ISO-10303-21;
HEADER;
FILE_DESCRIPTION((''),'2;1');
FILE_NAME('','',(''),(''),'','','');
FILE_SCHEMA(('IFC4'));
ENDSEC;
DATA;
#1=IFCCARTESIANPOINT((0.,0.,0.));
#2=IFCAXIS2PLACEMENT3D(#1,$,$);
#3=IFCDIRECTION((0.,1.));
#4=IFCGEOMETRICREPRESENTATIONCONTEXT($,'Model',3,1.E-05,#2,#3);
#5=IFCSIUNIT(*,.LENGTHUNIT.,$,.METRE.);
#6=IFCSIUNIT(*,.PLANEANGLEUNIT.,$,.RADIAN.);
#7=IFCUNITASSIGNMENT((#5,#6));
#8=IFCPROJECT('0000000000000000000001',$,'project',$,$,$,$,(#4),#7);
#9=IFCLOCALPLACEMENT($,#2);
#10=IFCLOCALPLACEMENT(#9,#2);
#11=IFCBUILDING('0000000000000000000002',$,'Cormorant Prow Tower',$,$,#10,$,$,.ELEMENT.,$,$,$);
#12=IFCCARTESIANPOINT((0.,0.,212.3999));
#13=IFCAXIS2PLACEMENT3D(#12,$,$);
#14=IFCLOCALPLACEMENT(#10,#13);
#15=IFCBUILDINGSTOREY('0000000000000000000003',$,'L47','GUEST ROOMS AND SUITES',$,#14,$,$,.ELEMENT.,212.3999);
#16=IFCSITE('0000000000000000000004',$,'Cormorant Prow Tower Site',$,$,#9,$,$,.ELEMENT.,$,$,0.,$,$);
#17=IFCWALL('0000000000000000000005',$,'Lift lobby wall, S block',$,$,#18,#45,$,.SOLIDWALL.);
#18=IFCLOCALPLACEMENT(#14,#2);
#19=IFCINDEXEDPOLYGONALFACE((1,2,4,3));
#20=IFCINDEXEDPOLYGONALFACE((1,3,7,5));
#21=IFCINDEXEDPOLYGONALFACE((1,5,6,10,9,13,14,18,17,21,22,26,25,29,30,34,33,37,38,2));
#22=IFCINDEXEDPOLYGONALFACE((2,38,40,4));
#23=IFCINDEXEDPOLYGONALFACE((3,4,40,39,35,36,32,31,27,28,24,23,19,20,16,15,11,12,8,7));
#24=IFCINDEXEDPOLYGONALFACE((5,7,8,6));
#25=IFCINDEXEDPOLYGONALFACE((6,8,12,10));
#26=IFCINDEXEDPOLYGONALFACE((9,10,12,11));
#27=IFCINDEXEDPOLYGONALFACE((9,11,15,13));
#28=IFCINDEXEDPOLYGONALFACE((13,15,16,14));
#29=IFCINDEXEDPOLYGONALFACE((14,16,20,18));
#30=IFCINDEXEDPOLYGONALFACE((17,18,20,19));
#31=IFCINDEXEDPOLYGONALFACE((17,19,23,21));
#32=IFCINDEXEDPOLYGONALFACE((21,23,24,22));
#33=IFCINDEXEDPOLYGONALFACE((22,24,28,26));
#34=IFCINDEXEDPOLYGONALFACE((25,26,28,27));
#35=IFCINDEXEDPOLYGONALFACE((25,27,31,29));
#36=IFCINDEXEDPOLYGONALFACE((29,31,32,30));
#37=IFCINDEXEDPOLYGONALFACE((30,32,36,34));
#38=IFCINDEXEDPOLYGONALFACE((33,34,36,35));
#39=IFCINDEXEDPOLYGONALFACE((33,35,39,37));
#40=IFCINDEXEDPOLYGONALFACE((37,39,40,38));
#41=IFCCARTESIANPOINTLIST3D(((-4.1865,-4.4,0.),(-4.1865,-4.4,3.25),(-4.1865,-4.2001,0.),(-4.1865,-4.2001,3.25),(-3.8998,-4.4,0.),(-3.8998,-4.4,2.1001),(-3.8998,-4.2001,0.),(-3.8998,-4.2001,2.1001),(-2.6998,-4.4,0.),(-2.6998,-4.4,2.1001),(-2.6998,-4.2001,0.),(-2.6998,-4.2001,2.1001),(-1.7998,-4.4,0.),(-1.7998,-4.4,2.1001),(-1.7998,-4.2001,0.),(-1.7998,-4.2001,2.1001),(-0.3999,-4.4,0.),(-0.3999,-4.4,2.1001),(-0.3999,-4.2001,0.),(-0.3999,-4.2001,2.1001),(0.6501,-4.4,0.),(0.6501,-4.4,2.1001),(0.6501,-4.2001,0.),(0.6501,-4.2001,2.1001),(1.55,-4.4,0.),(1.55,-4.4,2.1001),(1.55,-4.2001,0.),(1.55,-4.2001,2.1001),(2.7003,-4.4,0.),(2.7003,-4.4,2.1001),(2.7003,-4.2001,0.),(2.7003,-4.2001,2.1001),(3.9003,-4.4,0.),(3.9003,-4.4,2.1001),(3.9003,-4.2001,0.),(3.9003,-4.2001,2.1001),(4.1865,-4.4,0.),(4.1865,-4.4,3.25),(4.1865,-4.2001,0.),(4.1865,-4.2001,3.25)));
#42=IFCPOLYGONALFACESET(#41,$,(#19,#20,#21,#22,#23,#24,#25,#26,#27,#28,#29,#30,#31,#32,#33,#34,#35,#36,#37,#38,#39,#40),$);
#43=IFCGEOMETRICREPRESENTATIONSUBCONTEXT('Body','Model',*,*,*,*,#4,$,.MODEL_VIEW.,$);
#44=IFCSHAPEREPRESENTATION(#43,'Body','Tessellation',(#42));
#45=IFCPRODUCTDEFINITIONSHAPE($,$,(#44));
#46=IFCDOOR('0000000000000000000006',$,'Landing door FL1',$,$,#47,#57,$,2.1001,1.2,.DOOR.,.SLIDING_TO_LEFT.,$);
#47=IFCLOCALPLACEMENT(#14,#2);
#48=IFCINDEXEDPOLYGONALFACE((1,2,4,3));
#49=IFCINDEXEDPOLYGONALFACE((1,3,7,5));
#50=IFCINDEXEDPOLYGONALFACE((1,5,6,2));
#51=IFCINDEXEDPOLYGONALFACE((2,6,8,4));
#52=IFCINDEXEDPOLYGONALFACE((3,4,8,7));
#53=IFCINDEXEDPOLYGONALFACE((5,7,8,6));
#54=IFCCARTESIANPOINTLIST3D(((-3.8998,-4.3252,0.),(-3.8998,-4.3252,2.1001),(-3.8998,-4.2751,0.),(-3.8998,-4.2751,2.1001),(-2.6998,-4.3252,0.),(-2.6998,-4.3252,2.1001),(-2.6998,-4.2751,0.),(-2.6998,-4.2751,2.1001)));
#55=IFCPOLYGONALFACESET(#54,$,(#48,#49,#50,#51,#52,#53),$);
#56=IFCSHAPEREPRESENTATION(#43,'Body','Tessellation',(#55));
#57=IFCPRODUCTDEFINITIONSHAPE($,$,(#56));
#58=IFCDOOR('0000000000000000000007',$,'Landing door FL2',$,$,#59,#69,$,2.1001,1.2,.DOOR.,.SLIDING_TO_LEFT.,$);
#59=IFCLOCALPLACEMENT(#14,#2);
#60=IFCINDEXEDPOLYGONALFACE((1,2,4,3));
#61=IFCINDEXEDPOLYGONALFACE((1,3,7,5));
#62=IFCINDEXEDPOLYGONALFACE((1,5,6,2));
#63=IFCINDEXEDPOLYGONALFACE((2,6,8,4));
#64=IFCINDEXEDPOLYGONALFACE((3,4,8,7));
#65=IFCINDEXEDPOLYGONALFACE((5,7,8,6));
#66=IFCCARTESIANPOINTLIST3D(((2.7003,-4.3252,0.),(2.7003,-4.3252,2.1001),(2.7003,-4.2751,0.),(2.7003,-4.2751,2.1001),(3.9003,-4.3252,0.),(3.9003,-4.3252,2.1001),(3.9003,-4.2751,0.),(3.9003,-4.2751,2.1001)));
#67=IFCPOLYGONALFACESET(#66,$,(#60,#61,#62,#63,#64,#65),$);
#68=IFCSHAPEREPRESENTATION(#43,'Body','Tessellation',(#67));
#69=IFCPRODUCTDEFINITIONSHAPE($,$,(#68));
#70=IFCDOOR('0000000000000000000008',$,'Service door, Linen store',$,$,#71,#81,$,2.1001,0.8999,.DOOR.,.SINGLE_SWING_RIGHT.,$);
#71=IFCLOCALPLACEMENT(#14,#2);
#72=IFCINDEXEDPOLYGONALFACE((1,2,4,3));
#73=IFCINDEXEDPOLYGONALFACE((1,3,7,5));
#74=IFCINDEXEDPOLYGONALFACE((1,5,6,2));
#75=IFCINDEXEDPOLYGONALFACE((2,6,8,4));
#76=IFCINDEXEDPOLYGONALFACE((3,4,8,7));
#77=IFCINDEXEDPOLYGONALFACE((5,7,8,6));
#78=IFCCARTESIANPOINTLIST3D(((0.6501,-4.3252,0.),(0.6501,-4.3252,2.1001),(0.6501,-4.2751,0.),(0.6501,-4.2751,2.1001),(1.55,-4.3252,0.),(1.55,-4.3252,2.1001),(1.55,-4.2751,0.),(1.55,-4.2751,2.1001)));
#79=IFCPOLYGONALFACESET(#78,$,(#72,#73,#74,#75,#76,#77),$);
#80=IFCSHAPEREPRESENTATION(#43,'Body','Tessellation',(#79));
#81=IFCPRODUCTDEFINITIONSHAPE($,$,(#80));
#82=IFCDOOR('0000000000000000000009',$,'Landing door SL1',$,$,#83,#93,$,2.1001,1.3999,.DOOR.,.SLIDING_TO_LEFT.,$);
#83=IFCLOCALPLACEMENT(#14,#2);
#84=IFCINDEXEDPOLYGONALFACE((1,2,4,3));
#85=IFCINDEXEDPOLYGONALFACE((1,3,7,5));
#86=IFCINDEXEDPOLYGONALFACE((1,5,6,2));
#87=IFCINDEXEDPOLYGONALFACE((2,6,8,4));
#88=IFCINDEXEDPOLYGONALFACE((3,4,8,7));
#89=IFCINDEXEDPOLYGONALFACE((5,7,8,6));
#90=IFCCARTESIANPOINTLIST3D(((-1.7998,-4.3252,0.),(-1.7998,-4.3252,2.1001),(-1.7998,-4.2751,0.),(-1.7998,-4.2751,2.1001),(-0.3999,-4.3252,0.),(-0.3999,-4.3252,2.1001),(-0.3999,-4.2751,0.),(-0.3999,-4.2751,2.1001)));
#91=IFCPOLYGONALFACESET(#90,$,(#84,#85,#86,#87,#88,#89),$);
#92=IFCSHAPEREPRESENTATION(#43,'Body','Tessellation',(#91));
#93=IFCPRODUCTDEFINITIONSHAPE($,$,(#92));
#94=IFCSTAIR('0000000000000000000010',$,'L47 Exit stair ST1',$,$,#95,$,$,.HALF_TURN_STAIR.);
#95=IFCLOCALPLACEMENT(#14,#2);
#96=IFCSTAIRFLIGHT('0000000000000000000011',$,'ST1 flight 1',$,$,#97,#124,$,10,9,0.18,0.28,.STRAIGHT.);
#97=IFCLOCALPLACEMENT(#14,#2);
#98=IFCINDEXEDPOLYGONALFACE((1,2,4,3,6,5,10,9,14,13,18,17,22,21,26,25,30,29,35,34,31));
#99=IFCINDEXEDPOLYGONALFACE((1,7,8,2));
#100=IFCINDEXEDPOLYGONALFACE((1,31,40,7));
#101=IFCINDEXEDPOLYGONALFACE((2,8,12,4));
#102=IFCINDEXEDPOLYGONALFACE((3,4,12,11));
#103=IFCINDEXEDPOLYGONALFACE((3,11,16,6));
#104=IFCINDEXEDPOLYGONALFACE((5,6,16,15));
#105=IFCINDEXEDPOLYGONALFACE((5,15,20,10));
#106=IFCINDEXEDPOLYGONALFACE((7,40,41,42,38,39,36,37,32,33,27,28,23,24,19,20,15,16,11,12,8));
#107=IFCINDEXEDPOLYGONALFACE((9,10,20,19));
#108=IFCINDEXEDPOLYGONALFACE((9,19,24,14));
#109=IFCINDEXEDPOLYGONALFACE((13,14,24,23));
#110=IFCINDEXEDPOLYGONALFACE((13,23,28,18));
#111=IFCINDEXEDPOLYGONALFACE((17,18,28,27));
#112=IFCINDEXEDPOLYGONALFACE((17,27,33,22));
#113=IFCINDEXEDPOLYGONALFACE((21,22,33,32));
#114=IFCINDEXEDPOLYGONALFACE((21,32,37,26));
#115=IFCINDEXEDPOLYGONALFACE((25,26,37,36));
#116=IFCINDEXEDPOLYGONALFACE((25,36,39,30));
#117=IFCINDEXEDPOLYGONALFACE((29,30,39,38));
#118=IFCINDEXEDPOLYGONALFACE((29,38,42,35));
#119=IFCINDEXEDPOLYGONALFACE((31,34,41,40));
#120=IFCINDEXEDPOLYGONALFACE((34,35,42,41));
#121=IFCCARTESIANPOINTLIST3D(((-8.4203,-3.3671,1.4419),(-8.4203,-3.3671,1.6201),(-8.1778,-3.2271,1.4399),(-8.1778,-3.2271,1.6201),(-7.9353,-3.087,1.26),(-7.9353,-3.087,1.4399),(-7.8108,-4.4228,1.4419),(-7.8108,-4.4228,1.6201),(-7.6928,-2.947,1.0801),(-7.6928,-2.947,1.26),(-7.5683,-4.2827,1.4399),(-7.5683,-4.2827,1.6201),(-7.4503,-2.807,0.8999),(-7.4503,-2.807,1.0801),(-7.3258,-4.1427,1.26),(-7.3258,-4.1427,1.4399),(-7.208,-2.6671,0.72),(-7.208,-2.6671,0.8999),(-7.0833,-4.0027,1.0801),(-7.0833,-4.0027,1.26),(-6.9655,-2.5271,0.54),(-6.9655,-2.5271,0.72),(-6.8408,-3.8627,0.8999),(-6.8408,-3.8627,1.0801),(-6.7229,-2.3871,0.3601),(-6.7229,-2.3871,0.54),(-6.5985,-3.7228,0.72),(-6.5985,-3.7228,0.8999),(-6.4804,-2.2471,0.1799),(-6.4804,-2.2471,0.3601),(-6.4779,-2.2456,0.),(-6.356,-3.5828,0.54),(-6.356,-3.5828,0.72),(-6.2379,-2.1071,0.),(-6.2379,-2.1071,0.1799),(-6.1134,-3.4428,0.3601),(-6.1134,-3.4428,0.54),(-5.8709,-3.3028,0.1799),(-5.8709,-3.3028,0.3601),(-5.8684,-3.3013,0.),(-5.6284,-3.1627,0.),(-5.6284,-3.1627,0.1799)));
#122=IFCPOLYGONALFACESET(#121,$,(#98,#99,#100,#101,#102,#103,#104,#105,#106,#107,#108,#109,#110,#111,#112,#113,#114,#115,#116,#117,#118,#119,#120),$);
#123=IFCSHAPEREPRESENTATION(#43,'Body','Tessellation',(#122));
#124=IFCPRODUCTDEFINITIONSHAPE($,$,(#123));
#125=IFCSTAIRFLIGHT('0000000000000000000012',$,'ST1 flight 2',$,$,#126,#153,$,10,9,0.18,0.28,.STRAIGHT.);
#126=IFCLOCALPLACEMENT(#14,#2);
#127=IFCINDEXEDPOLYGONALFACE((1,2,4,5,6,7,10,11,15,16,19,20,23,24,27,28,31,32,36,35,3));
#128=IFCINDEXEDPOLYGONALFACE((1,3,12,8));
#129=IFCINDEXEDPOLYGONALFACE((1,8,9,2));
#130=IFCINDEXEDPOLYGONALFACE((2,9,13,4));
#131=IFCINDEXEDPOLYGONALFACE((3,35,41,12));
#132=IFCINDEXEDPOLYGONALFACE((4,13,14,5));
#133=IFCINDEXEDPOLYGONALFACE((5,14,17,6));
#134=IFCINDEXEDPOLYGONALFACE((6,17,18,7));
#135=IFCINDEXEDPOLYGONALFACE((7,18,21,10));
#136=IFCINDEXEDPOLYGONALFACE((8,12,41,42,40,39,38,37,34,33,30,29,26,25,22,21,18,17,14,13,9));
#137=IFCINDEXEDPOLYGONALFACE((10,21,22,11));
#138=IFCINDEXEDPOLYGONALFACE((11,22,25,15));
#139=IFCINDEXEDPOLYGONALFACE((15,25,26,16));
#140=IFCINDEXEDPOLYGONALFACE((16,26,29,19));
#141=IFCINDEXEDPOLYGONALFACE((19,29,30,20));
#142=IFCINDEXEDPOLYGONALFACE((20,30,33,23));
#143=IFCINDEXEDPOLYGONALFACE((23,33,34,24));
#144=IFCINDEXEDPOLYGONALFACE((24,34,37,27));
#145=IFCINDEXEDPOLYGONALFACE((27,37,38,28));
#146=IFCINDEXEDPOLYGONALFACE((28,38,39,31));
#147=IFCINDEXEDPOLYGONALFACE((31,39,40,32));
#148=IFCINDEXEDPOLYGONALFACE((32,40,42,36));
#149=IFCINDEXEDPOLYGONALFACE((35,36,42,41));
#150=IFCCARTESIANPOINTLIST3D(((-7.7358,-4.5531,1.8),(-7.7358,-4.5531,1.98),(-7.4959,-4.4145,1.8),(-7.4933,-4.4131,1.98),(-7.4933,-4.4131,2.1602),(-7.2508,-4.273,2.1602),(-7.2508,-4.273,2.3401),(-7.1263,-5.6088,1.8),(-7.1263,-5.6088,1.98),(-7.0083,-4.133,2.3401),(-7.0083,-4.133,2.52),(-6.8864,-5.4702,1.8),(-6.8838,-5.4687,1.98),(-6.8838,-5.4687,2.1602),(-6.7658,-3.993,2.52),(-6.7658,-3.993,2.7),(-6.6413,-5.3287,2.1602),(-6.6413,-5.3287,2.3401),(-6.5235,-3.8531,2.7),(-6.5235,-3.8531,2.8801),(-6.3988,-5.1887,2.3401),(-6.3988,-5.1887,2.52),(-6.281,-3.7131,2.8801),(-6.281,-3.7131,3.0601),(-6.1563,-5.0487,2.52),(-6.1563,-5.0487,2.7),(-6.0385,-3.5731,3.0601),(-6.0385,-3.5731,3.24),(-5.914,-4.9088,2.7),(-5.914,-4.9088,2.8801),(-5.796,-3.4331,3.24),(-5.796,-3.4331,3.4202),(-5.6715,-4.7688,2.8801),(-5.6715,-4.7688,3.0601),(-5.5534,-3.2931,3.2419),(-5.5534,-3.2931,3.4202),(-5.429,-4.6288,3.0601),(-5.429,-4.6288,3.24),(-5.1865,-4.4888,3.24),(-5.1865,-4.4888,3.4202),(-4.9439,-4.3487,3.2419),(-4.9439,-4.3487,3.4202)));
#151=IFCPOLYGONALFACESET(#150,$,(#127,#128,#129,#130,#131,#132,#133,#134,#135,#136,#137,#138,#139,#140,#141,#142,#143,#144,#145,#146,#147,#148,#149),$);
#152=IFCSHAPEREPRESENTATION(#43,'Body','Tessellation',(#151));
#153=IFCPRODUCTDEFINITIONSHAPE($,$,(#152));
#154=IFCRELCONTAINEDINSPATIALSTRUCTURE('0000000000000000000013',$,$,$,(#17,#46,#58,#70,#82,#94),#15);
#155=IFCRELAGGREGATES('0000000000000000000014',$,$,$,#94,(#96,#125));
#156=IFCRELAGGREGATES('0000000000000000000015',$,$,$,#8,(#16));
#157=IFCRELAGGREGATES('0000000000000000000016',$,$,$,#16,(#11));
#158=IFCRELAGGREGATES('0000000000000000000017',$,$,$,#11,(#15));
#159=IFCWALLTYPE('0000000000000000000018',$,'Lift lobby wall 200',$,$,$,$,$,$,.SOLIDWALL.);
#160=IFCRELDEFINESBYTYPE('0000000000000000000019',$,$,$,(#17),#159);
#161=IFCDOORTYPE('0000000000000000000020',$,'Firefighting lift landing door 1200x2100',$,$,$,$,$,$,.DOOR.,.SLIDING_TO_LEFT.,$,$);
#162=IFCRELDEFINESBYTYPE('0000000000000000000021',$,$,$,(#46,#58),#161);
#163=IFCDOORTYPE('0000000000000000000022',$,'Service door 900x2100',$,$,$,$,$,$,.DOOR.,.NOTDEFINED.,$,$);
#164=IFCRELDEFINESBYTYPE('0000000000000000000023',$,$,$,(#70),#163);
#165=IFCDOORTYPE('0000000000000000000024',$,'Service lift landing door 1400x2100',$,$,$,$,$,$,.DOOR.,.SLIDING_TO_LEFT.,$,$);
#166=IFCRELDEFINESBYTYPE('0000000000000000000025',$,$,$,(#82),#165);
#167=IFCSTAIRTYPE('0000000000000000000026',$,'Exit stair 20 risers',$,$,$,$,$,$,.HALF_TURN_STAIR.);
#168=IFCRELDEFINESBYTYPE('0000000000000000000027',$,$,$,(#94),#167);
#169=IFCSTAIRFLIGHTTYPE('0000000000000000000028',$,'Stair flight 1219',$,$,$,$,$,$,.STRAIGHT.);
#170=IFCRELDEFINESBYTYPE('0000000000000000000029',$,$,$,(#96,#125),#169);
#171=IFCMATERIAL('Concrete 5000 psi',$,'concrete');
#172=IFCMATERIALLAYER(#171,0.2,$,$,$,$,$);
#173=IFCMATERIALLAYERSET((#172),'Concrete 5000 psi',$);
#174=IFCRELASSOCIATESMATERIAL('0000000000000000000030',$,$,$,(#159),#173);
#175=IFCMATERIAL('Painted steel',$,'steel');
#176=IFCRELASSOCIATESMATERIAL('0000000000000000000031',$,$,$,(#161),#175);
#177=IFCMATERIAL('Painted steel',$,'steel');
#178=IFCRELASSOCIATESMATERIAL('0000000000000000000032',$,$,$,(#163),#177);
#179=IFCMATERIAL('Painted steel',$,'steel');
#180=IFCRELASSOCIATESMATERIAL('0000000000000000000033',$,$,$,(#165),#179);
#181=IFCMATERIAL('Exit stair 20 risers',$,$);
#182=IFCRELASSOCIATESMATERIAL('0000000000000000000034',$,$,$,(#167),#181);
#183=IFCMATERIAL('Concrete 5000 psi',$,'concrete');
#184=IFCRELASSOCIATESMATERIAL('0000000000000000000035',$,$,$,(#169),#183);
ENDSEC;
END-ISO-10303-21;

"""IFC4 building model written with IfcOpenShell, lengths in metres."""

from ifc_helpers import new_model, si_unit, direction, frame, frame_2d, origin, place, context, subcontext, project, spatial, polyline, rectangle, outline, extrude, material, layer, layer_set, type_object, element, fill, aggregate, save


model = new_model("IFC4")

# Units and contexts
model_context = context("Model", 3, precision=1e-05, world=origin(), true_north=direction((0.0, 1.0)))
body_context = subcontext(model_context, "Body", "Model", "MODEL_VIEW")
ifc_project = project(units=[si_unit("LENGTHUNIT", "METRE"), si_unit("PLANEANGLEUNIT", "RADIAN")], contexts=[model_context])

# Site, building, storey
site_placement = place(None, origin())
site = spatial("IfcSite", under=ifc_project, at=site_placement, Name="Cormorant Prow Tower Site", CompositionType="ELEMENT", RefElevation=0.0)
building_placement = place(site_placement, origin())
building = spatial("IfcBuilding", under=site, at=building_placement, Name="Cormorant Prow Tower", CompositionType="ELEMENT")
storey_placement = place(building_placement, frame((0.0, 0.0, 212.3999)))
storey = spatial("IfcBuildingStorey", under=building, at=storey_placement, Name="L47", Description="GUEST ROOMS AND SUITES", CompositionType="ELEMENT", Elevation=212.3999)

# Wall, openings, doors
ifc_material_1 = material(Name="Concrete 5000 psi", Category="concrete")
ifc_layer_1 = layer(ifc_material_1, 0.2)
ifc_layer_set_1 = layer_set([ifc_layer_1], Name="Concrete 5000 psi")
wall_type_1 = type_object("IfcWallType", Name="Lift lobby wall 200", PredefinedType="SOLIDWALL", material=ifc_layer_set_1)
wall_1_placement = place(storey_placement, frame((-4.1865, -4.3, 0.0), z_axis=(0.0, 0.0, 1.0), x_axis=(1.0, 0.0, 0.0)))
wall_1 = element("IfcWall", 1, at=wall_1_placement, inside=storey, type_object=wall_type_1, Name="Lift lobby wall, S block", PredefinedType="SOLIDWALL", context=body_context, shape_type="SweptSolid", body=[
    extrude(rectangle(XDim=8.373, YDim=0.2, at=frame_2d((4.1865, 0.0))), origin(), (0.0, 0.0, 1.0), 3.25),
])
opening_1_placement = place(wall_1_placement, frame((0.2866, 0.0, 0.0)))
opening_1 = element("IfcOpeningElement", 2, at=opening_1_placement, cuts=wall_1, PredefinedType="OPENING", context=body_context, shape_type="SweptSolid", body=[
    extrude(rectangle(XDim=1.2, YDim=2.1001, at=frame_2d((0.6001, 1.05))), frame((0.0, 0.1099, 0.0), z_axis=(0.0, -1.0, 0.0), x_axis=(1.0, 0.0, 0.0)), (0.0, 0.0, 1.0), 0.22),
])
opening_2_placement = place(wall_1_placement, frame((2.3867, 0.0, 0.0)))
opening_2 = element("IfcOpeningElement", 3, at=opening_2_placement, cuts=wall_1, PredefinedType="OPENING", context=body_context, shape_type="SweptSolid", body=[
    extrude(rectangle(XDim=1.3999, YDim=2.1001, at=frame_2d((0.7, 1.05))), frame((0.0, 0.1099, 0.0), z_axis=(0.0, -1.0, 0.0), x_axis=(1.0, 0.0, 0.0)), (0.0, 0.0, 1.0), 0.22),
])
opening_3_placement = place(wall_1_placement, frame((4.8367, 0.0, 0.0)))
opening_3 = element("IfcOpeningElement", 4, at=opening_3_placement, cuts=wall_1, PredefinedType="OPENING", context=body_context, shape_type="SweptSolid", body=[
    extrude(rectangle(XDim=0.8999, YDim=2.1001, at=frame_2d((0.45, 1.05))), frame((0.0, 0.1099, 0.0), z_axis=(0.0, -1.0, 0.0), x_axis=(1.0, 0.0, 0.0)), (0.0, 0.0, 1.0), 0.22),
])
opening_4_placement = place(wall_1_placement, frame((6.8867, 0.0, 0.0)))
opening_4 = element("IfcOpeningElement", 5, at=opening_4_placement, cuts=wall_1, PredefinedType="OPENING", context=body_context, shape_type="SweptSolid", body=[
    extrude(rectangle(XDim=1.2, YDim=2.1001, at=frame_2d((0.6001, 1.05))), frame((0.0, 0.1099, 0.0), z_axis=(0.0, -1.0, 0.0), x_axis=(1.0, 0.0, 0.0)), (0.0, 0.0, 1.0), 0.22),
])
ifc_material_2 = material(Name="Painted steel", Category="steel")
door_type_1 = type_object("IfcDoorType", Name="Firefighting lift landing door 1200x2100", OperationType="SLIDING_TO_LEFT", PredefinedType="DOOR", material=ifc_material_2)
door_1_placement = place(opening_1_placement, origin())
door_1 = element("IfcDoor", 6, at=door_1_placement, inside=storey, type_object=door_type_1, Name="Landing door FL1", OperationType="SLIDING_TO_LEFT", OverallHeight=2.1001, OverallWidth=1.2, PredefinedType="DOOR", context=body_context, shape_type="SweptSolid", body=[
    extrude(rectangle(XDim=1.2, YDim=2.1001, at=frame_2d((0.6001, 1.05))), frame((0.0, 0.0249, 0.0), z_axis=(0.0, -1.0, 0.0), x_axis=(1.0, 0.0, 0.0)), (0.0, 0.0, 1.0), 0.05),
])
fill(opening_1, door_1)
door_2_placement = place(opening_4_placement, origin())
door_2 = element("IfcDoor", 7, at=door_2_placement, inside=storey, type_object=door_type_1, Name="Landing door FL2", OperationType="SLIDING_TO_LEFT", OverallHeight=2.1001, OverallWidth=1.2, PredefinedType="DOOR", context=body_context, shape_type="SweptSolid", body=[
    extrude(rectangle(XDim=1.2, YDim=2.1001, at=frame_2d((0.6001, 1.05))), frame((0.0, 0.0249, 0.0), z_axis=(0.0, -1.0, 0.0), x_axis=(1.0, 0.0, 0.0)), (0.0, 0.0, 1.0), 0.05),
])
fill(opening_4, door_2)
ifc_material_3 = material(Name="Painted steel", Category="steel")
door_type_2 = type_object("IfcDoorType", Name="Service door 900x2100", OperationType="NOTDEFINED", PredefinedType="DOOR", material=ifc_material_3)
door_3_placement = place(opening_3_placement, origin())
door_3 = element("IfcDoor", 8, at=door_3_placement, inside=storey, type_object=door_type_2, Name="Service door, Linen store", OperationType="SINGLE_SWING_RIGHT", OverallHeight=2.1001, OverallWidth=0.8999, PredefinedType="DOOR", context=body_context, shape_type="SweptSolid", body=[
    extrude(rectangle(XDim=0.8999, YDim=2.1001, at=frame_2d((0.45, 1.05))), frame((0.0, 0.0249, 0.0), z_axis=(0.0, -1.0, 0.0), x_axis=(1.0, 0.0, 0.0)), (0.0, 0.0, 1.0), 0.05),
])
fill(opening_3, door_3)
ifc_material_4 = material(Name="Painted steel", Category="steel")
door_type_3 = type_object("IfcDoorType", Name="Service lift landing door 1400x2100", OperationType="SLIDING_TO_LEFT", PredefinedType="DOOR", material=ifc_material_4)
door_4_placement = place(opening_2_placement, origin())
door_4 = element("IfcDoor", 9, at=door_4_placement, inside=storey, type_object=door_type_3, Name="Landing door SL1", OperationType="SLIDING_TO_LEFT", OverallHeight=2.1001, OverallWidth=1.3999, PredefinedType="DOOR", context=body_context, shape_type="SweptSolid", body=[
    extrude(rectangle(XDim=1.3999, YDim=2.1001, at=frame_2d((0.7, 1.05))), frame((0.0, 0.0249, 0.0), z_axis=(0.0, -1.0, 0.0), x_axis=(1.0, 0.0, 0.0)), (0.0, 0.0, 1.0), 0.05),
])
fill(opening_2, door_4)

# Stair, stair flights
ifc_material_5 = material(Name="Exit stair 20 risers")
stair_type = type_object("IfcStairType", Name="Exit stair 20 risers", PredefinedType="HALF_TURN_STAIR", material=ifc_material_5)
stair_placement = place(storey_placement, origin())
stair = element("IfcStair", 10, at=stair_placement, inside=storey, type_object=stair_type, Name="L47 Exit stair ST1", PredefinedType="HALF_TURN_STAIR")
ifc_material_6 = material(Name="Concrete 5000 psi", Category="concrete")
stair_flight_type = type_object("IfcStairFlightType", Name="Stair flight 1219", PredefinedType="STRAIGHT", material=ifc_material_6)
stair_flight_1_placement = place(storey_placement, frame((-5.9331, -2.635, 0.0), z_axis=(0.0, 0.0, 1.0), x_axis=(-0.866025, -0.5, 0.0)))
stair_flight_1 = element("IfcStairFlight", 11, at=stair_flight_1_placement, type_object=stair_flight_type, Name="ST1 flight 1", NumberOfRisers=10, NumberOfTreads=9, PredefinedType="STRAIGHT", RiserHeight=0.18, TreadLength=0.28, context=body_context, shape_type="SweptSolid", body=[
    extrude(outline(polyline([(0.0, 0.0), (0.0, 0.1799), (0.28, 0.1799), (0.28, 0.3601), (0.5601, 0.3601), (0.5601, 0.54), (0.8401, 0.54), (0.8401, 0.72), (1.1201, 0.72), (1.1201, 0.8999), (1.3999, 0.8999), (1.3999, 1.0801), (1.6799, 1.0801), (1.6799, 1.26), (1.96, 1.26), (1.96, 1.4399), (2.24, 1.4399), (2.24, 1.6201), (2.52, 1.6201), (2.52, 1.8), (2.52, 1.4419), (0.2771, 0.0), (0.0, 0.0)])), frame((0.0, 0.6094, 0.0), z_axis=(0.0, -1.0, 0.0), x_axis=(1.0, 0.0, 0.0)), (0.0, 0.0, 1.0), 1.219),
])
stair_flight_2_placement = place(storey_placement, frame((-7.4312, -5.0808, 1.8), z_axis=(0.0, 0.0, 1.0), x_axis=(0.866025, 0.5, 0.0)))
stair_flight_2 = element("IfcStairFlight", 12, at=stair_flight_2_placement, type_object=stair_flight_type, Name="ST1 flight 2", NumberOfRisers=10, NumberOfTreads=9, PredefinedType="STRAIGHT", RiserHeight=0.18, TreadLength=0.28, context=body_context, shape_type="SweptSolid", body=[
    extrude(outline(polyline([(0.0, 0.0), (0.0, 0.1799), (0.28, 0.1799), (0.28, 0.3601), (0.5601, 0.3601), (0.5601, 0.54), (0.8401, 0.54), (0.8401, 0.72), (1.1201, 0.72), (1.1201, 0.8999), (1.3999, 0.8999), (1.3999, 1.0801), (1.6799, 1.0801), (1.6799, 1.26), (1.96, 1.26), (1.96, 1.4399), (2.24, 1.4399), (2.24, 1.6201), (2.52, 1.6201), (2.52, 1.8), (2.52, 1.4419), (0.2771, 0.0), (0.0, 0.0)])), frame((0.0, 0.6094, 0.0), z_axis=(0.0, -1.0, 0.0), x_axis=(1.0, 0.0, 0.0)), (0.0, 0.0, 1.0), 1.219),
])
aggregate(stair, [stair_flight_1, stair_flight_2])

save(model, "model.ifc")
